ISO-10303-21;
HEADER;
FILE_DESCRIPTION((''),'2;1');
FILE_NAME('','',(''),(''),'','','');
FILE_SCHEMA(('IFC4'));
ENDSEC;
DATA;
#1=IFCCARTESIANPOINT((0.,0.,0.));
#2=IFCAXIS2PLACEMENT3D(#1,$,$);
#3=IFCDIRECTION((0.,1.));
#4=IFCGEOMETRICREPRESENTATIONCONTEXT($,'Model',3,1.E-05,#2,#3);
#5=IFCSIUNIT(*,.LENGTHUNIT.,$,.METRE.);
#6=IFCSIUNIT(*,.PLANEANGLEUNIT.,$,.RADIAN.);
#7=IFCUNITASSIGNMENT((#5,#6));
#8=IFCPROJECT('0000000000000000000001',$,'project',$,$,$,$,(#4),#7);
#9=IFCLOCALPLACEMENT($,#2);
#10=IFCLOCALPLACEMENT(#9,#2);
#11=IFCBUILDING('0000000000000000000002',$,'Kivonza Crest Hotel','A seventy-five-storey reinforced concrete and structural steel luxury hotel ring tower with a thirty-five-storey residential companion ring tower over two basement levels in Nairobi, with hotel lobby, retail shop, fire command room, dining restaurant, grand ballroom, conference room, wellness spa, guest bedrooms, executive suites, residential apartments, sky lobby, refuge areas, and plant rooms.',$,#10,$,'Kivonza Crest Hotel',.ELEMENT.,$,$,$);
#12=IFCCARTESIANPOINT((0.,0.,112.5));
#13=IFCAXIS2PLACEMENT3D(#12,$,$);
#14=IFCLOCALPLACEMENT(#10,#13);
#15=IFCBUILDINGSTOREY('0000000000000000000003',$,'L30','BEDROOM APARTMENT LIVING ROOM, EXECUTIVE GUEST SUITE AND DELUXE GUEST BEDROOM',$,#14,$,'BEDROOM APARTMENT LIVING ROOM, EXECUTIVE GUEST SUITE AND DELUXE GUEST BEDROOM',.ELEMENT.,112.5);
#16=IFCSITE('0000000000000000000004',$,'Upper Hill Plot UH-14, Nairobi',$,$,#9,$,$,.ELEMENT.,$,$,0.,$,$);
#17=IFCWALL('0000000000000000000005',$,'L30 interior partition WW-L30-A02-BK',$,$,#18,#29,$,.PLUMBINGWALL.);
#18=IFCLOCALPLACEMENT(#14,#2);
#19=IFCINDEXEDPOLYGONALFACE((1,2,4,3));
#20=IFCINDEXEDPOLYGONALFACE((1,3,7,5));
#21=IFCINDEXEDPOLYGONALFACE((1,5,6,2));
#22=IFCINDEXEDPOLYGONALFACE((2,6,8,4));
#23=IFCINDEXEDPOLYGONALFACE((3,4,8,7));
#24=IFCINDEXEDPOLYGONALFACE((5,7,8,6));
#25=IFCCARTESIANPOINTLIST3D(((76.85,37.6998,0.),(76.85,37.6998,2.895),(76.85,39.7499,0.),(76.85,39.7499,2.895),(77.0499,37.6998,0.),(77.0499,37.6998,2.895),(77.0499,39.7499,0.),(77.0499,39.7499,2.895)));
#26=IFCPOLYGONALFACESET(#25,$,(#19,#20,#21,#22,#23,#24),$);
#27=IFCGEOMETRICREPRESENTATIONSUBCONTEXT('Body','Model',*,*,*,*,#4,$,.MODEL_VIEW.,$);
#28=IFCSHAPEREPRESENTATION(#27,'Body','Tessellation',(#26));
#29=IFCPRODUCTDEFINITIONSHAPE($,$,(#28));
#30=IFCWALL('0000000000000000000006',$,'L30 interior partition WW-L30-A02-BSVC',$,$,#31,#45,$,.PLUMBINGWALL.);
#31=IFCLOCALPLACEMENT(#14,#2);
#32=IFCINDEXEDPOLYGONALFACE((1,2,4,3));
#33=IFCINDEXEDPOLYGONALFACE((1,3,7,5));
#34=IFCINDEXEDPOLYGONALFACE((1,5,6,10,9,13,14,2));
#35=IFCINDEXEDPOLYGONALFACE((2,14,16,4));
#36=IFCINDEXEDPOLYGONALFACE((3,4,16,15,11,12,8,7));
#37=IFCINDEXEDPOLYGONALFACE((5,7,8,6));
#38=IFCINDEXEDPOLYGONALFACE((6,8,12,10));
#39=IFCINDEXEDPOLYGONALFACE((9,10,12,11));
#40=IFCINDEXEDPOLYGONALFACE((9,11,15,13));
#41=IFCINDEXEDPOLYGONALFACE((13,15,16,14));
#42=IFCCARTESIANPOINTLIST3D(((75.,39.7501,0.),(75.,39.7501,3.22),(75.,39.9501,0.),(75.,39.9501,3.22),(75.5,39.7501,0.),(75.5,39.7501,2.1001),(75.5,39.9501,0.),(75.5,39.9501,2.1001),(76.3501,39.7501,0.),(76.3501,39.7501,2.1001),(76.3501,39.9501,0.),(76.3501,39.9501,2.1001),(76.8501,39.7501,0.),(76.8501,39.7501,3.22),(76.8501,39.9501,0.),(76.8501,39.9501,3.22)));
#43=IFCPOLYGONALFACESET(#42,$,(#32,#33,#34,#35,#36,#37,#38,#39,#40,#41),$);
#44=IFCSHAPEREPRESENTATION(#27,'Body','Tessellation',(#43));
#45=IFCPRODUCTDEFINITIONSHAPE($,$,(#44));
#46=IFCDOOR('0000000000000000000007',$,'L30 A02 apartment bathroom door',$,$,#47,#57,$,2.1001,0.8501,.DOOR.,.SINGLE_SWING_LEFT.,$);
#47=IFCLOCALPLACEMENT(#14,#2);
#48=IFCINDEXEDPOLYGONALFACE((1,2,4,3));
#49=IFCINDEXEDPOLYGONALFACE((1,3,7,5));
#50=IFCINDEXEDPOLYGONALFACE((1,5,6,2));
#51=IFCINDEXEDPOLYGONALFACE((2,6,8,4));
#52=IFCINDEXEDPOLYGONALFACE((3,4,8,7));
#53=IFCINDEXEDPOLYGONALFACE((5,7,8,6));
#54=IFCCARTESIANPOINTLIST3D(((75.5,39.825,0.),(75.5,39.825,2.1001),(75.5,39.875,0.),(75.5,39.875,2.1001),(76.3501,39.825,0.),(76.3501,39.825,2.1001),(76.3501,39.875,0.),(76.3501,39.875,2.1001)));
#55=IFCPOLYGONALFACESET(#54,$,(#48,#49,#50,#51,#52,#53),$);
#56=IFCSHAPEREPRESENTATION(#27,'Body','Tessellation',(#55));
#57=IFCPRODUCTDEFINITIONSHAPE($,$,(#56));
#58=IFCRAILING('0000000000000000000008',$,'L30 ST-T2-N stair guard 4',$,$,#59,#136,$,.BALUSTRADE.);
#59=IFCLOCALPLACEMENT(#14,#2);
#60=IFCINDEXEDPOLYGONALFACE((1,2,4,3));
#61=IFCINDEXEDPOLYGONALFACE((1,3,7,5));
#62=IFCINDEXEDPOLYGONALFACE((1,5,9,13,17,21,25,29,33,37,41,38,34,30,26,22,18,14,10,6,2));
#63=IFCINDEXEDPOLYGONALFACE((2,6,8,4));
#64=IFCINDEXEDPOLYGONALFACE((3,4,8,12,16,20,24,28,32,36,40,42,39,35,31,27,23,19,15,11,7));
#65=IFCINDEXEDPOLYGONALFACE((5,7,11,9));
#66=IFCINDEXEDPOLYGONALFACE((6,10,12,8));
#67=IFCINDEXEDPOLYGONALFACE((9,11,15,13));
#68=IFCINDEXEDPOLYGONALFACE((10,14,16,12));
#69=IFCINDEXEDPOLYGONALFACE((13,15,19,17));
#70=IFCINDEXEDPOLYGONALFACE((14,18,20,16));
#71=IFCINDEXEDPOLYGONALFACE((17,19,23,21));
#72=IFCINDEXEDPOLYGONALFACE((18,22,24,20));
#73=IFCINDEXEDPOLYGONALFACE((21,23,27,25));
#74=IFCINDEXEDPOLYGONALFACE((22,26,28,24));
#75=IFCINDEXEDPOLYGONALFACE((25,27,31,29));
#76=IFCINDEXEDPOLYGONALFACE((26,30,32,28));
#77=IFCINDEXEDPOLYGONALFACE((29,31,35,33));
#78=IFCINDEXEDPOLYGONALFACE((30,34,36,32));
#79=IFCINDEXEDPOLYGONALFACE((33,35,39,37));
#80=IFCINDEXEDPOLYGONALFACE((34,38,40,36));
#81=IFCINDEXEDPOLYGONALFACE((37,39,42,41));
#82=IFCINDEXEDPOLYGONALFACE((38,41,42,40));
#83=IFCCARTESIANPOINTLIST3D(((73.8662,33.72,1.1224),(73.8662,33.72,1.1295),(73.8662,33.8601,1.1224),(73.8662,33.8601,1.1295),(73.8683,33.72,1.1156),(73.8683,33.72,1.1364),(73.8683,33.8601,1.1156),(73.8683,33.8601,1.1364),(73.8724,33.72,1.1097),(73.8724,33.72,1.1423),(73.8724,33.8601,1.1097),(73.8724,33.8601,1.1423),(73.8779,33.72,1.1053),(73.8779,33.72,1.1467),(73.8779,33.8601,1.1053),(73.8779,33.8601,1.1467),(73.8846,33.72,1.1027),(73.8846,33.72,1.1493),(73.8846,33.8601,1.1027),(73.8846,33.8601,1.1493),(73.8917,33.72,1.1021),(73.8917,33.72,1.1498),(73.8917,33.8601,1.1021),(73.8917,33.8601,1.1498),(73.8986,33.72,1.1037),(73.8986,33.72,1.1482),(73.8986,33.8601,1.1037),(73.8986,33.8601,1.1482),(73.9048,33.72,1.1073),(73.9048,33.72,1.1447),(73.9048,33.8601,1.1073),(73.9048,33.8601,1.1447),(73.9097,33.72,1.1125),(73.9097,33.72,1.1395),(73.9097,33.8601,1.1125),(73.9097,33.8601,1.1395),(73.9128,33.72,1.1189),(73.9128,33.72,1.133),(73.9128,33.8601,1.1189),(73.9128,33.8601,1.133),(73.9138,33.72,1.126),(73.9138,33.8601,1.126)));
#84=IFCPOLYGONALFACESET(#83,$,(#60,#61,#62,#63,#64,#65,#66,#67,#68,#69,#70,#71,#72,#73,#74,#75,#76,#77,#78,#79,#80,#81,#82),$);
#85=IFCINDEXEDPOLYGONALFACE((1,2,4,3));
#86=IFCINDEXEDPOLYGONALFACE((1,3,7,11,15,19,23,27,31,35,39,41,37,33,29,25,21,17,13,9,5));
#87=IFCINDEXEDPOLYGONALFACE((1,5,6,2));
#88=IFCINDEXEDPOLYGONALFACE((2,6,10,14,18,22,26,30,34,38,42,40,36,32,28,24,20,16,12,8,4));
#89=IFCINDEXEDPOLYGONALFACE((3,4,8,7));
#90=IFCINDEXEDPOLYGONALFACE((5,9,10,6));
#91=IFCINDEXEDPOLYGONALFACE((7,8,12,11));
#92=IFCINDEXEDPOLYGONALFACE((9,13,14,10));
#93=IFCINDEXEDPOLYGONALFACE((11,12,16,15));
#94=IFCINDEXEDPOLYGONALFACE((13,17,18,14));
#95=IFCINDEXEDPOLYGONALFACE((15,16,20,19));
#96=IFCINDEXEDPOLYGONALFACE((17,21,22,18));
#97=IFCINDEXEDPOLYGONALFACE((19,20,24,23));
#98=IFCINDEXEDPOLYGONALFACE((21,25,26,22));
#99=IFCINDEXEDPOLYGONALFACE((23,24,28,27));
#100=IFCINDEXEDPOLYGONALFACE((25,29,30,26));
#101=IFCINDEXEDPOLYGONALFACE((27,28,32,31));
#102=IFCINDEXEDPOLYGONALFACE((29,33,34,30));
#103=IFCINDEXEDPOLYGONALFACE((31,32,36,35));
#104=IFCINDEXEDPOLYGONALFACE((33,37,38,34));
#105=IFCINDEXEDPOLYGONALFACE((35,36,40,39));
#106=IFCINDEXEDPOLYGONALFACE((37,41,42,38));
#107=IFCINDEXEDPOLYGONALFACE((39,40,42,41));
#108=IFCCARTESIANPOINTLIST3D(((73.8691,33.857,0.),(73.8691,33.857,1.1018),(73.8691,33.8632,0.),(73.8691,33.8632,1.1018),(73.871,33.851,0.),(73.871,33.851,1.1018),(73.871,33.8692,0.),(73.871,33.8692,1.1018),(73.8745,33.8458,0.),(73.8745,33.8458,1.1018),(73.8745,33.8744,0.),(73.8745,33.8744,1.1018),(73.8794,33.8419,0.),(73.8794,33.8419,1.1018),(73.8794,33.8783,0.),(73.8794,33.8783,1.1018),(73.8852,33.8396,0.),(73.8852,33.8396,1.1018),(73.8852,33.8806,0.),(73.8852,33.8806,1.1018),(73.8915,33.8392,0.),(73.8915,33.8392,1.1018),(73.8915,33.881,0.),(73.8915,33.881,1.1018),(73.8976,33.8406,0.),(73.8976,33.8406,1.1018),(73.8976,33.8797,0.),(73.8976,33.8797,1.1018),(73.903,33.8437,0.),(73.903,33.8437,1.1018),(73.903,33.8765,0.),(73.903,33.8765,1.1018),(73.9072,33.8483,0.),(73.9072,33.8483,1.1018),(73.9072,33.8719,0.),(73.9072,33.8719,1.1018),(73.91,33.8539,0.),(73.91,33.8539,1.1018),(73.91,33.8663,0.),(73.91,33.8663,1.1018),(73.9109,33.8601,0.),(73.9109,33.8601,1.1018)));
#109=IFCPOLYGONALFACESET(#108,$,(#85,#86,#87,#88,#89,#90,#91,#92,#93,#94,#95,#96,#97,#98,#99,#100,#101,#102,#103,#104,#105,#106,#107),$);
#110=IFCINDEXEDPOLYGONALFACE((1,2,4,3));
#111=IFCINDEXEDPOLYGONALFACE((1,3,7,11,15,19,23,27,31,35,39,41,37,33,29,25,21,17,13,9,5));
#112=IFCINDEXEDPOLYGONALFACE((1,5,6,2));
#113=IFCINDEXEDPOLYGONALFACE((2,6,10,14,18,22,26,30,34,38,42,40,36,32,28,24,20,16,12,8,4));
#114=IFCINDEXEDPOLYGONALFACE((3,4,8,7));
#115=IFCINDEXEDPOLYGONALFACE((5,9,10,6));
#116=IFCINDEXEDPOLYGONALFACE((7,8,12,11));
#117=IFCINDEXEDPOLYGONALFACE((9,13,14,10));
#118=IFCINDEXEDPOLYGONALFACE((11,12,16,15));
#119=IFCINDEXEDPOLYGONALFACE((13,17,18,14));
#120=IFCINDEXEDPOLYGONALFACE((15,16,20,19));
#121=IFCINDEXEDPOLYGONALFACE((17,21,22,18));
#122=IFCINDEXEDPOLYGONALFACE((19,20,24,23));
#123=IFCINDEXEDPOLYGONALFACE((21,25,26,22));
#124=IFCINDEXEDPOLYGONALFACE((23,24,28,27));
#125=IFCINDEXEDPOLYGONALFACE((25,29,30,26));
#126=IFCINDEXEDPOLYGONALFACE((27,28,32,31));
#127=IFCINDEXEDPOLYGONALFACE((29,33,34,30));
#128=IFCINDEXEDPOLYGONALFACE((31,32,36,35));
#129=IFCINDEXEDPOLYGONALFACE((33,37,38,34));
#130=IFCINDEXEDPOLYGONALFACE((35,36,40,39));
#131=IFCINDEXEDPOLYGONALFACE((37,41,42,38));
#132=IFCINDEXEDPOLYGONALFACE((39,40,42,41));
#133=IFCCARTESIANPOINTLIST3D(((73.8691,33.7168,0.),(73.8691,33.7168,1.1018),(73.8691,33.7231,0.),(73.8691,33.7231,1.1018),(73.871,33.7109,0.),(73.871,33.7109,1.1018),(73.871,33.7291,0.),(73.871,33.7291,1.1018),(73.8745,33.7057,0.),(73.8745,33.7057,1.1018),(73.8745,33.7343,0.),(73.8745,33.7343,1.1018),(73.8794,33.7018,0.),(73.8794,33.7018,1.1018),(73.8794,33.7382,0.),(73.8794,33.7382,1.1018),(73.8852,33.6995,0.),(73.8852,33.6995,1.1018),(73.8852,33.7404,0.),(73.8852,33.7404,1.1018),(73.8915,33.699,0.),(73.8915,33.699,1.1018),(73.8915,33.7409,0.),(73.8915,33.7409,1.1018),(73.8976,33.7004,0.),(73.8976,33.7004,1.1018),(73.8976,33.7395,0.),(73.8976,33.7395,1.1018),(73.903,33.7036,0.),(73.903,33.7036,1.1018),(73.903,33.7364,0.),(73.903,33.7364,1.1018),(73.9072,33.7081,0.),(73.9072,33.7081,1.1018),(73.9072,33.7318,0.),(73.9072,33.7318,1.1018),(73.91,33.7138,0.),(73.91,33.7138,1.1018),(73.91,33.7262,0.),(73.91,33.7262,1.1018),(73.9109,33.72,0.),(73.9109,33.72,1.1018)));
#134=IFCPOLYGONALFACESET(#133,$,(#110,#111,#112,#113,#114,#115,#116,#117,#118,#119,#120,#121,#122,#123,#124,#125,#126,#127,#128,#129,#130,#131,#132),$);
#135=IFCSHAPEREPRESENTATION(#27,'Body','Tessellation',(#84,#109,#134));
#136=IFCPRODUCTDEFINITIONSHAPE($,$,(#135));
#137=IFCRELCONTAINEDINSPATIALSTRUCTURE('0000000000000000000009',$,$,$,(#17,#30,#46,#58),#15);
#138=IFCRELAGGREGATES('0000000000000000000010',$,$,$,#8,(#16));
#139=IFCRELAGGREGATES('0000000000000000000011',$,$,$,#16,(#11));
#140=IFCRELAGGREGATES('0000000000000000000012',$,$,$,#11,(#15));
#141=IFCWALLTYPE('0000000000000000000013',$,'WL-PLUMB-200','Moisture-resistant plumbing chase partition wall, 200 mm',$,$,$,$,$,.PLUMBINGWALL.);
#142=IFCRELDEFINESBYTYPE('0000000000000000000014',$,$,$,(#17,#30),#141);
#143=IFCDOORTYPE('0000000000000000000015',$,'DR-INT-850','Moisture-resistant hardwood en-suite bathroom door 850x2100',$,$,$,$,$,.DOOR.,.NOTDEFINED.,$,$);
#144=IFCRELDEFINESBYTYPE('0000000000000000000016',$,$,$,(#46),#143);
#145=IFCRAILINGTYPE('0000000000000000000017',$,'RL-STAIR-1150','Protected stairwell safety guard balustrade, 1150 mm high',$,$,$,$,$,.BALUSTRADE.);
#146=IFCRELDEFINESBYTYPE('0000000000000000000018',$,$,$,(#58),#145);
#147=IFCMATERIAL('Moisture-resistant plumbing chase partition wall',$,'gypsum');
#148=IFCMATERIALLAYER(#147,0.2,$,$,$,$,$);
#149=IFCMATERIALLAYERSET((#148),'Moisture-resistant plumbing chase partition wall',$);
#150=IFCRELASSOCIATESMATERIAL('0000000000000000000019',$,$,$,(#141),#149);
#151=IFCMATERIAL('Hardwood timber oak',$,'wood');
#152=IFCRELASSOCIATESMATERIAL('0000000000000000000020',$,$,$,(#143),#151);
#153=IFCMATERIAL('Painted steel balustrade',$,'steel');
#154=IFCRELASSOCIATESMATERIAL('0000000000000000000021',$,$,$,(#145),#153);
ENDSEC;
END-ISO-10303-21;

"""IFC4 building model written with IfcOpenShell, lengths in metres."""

from ifc_helpers import new_model, si_unit, direction, frame, frame_2d, origin, origin_2d, place, context, subcontext, project, spatial, rectangle, circle, extrude, material, layer, layer_set, type_object, element, fill, save


model = new_model("IFC4")

# Units and contexts
model_context = context("Model", 3, precision=1e-05, world=origin(), true_north=direction((0.0, 1.0)))
body_context = subcontext(model_context, "Body", "Model", "MODEL_VIEW")
ifc_project = project(units=[si_unit("LENGTHUNIT", "METRE"), si_unit("PLANEANGLEUNIT", "RADIAN")], contexts=[model_context])

# Site, building, storey
site_placement = place(None, origin())
site = spatial("IfcSite", under=ifc_project, at=site_placement, Name="Upper Hill Plot UH-14, Nairobi", CompositionType="ELEMENT", RefElevation=0.0)
building_placement = place(site_placement, origin())
building = spatial("IfcBuilding", under=site, at=building_placement, Name="Kivonza Crest Hotel", Description="A seventy-five-storey reinforced concrete and structural steel luxury hotel ring tower with a thirty-five-storey residential companion ring tower over two basement levels in Nairobi, with hotel lobby, retail shop, fire command room, dining restaurant, grand ballroom, conference room, wellness spa, guest bedrooms, executive suites, residential apartments, sky lobby, refuge areas, and plant rooms.", LongName="Kivonza Crest Hotel", CompositionType="ELEMENT")
storey_placement = place(building_placement, frame((0.0, 0.0, 112.5)))
storey = spatial("IfcBuildingStorey", under=building, at=storey_placement, Name="L30", Description="BEDROOM APARTMENT LIVING ROOM, EXECUTIVE GUEST SUITE AND DELUXE GUEST BEDROOM", LongName="BEDROOM APARTMENT LIVING ROOM, EXECUTIVE GUEST SUITE AND DELUXE GUEST BEDROOM", CompositionType="ELEMENT", Elevation=112.5)

# Shared definitions
ifc_material_1 = material(Name="Hardwood timber oak", Category="wood")

# Wall
ifc_material_2 = material(Name="Moisture-resistant plumbing chase partition wall", Category="gypsum")
ifc_layer_1 = layer(ifc_material_2, 0.2)
ifc_layer_set_1 = layer_set([ifc_layer_1], Name="Moisture-resistant plumbing chase partition wall")
wall_type_1 = type_object("IfcWallType", Name="WL-PLUMB-200", Description="Moisture-resistant plumbing chase partition wall, 200 mm", PredefinedType="PLUMBINGWALL", material=ifc_layer_set_1)
wall_1_placement = place(storey_placement, frame((76.95, 37.7, 0.0), z_axis=(0.0, 0.0, 1.0), x_axis=(0.0, 1.0, 0.0)))
element("IfcWall", 1, at=wall_1_placement, inside=storey, type_object=wall_type_1, Name="L30 interior partition WW-L30-A02-BK", PredefinedType="PLUMBINGWALL", context=body_context, shape_type="SweptSolid", body=[
    extrude(rectangle(XDim=2.05, YDim=0.2, at=frame_2d((1.0249, 0.0))), origin(), (0.0, 0.0, 1.0), 2.895),
])

# Wall, opening, door
wall_2_placement = place(storey_placement, frame((75.0, 39.8501, 0.0), z_axis=(0.0, 0.0, 1.0), x_axis=(1.0, 0.0, 0.0)))
wall_2 = element("IfcWall", 2, at=wall_2_placement, inside=storey, type_object=wall_type_1, Name="L30 interior partition WW-L30-A02-BSVC", PredefinedType="PLUMBINGWALL", context=body_context, shape_type="SweptSolid", body=[
    extrude(rectangle(XDim=1.8501, YDim=0.2, at=frame_2d((0.925, 0.0))), origin(), (0.0, 0.0, 1.0), 3.22),
])
opening_1_placement = place(wall_2_placement, frame((0.5, 0.0, 0.0)))
opening_1 = element("IfcOpeningElement", 3, at=opening_1_placement, cuts=wall_2, PredefinedType="OPENING", context=body_context, shape_type="SweptSolid", body=[
    extrude(rectangle(XDim=0.8501, YDim=2.1001, at=frame_2d((0.425, 1.05))), frame((0.0, 0.1099, 0.0), z_axis=(0.0, -1.0, 0.0), x_axis=(1.0, 0.0, 0.0)), (0.0, 0.0, 1.0), 0.22),
])
door_type_1 = type_object("IfcDoorType", Name="DR-INT-850", Description="Moisture-resistant hardwood en-suite bathroom door 850x2100", OperationType="NOTDEFINED", PredefinedType="DOOR", material=ifc_material_1)
door_1_placement = place(opening_1_placement, origin())
door_1 = element("IfcDoor", 4, at=door_1_placement, inside=storey, type_object=door_type_1, Name="L30 A02 apartment bathroom door", OperationType="SINGLE_SWING_LEFT", OverallHeight=2.1001, OverallWidth=0.8501, PredefinedType="DOOR", context=body_context, shape_type="SweptSolid", body=[
    extrude(rectangle(XDim=0.8501, YDim=2.1001, at=frame_2d((0.425, 1.05))), frame((0.0, 0.0249, 0.0), z_axis=(0.0, -1.0, 0.0), x_axis=(1.0, 0.0, 0.0)), (0.0, 0.0, 1.0), 0.05),
])
fill(opening_1, door_1)

# Railing
ifc_material_3 = material(Name="Painted steel balustrade", Category="steel")
railing_type_1 = type_object("IfcRailingType", Name="RL-STAIR-1150", Description="Protected stairwell safety guard balustrade, 1150 mm high", PredefinedType="BALUSTRADE", material=ifc_material_3)
railing_1_placement = place(storey_placement, frame((73.8899, 33.8601, 0.0)))
element("IfcRailing", 5, at=railing_1_placement, inside=storey, type_object=railing_type_1, Name="L30 ST-T2-N stair guard 4", PredefinedType="BALUSTRADE", context=body_context, shape_type="SweptSolid", body=[
    extrude(circle(Radius=0.0239, at=origin_2d()), frame((0.0, 0.0, 1.126), z_axis=(0.0, -1.0, 0.0), x_axis=(1.0, 0.0, 0.0)), (0.0, 0.0, 1.0), 0.1401),
    extrude(circle(Radius=0.021, at=origin_2d()), origin(), (0.0, 0.0, 1.0), 1.1018),
    extrude(circle(Radius=0.021, at=origin_2d()), frame((0.0, -0.1401, 0.0)), (0.0, 0.0, 1.0), 1.1018),
])

save(model, "model.ifc")
